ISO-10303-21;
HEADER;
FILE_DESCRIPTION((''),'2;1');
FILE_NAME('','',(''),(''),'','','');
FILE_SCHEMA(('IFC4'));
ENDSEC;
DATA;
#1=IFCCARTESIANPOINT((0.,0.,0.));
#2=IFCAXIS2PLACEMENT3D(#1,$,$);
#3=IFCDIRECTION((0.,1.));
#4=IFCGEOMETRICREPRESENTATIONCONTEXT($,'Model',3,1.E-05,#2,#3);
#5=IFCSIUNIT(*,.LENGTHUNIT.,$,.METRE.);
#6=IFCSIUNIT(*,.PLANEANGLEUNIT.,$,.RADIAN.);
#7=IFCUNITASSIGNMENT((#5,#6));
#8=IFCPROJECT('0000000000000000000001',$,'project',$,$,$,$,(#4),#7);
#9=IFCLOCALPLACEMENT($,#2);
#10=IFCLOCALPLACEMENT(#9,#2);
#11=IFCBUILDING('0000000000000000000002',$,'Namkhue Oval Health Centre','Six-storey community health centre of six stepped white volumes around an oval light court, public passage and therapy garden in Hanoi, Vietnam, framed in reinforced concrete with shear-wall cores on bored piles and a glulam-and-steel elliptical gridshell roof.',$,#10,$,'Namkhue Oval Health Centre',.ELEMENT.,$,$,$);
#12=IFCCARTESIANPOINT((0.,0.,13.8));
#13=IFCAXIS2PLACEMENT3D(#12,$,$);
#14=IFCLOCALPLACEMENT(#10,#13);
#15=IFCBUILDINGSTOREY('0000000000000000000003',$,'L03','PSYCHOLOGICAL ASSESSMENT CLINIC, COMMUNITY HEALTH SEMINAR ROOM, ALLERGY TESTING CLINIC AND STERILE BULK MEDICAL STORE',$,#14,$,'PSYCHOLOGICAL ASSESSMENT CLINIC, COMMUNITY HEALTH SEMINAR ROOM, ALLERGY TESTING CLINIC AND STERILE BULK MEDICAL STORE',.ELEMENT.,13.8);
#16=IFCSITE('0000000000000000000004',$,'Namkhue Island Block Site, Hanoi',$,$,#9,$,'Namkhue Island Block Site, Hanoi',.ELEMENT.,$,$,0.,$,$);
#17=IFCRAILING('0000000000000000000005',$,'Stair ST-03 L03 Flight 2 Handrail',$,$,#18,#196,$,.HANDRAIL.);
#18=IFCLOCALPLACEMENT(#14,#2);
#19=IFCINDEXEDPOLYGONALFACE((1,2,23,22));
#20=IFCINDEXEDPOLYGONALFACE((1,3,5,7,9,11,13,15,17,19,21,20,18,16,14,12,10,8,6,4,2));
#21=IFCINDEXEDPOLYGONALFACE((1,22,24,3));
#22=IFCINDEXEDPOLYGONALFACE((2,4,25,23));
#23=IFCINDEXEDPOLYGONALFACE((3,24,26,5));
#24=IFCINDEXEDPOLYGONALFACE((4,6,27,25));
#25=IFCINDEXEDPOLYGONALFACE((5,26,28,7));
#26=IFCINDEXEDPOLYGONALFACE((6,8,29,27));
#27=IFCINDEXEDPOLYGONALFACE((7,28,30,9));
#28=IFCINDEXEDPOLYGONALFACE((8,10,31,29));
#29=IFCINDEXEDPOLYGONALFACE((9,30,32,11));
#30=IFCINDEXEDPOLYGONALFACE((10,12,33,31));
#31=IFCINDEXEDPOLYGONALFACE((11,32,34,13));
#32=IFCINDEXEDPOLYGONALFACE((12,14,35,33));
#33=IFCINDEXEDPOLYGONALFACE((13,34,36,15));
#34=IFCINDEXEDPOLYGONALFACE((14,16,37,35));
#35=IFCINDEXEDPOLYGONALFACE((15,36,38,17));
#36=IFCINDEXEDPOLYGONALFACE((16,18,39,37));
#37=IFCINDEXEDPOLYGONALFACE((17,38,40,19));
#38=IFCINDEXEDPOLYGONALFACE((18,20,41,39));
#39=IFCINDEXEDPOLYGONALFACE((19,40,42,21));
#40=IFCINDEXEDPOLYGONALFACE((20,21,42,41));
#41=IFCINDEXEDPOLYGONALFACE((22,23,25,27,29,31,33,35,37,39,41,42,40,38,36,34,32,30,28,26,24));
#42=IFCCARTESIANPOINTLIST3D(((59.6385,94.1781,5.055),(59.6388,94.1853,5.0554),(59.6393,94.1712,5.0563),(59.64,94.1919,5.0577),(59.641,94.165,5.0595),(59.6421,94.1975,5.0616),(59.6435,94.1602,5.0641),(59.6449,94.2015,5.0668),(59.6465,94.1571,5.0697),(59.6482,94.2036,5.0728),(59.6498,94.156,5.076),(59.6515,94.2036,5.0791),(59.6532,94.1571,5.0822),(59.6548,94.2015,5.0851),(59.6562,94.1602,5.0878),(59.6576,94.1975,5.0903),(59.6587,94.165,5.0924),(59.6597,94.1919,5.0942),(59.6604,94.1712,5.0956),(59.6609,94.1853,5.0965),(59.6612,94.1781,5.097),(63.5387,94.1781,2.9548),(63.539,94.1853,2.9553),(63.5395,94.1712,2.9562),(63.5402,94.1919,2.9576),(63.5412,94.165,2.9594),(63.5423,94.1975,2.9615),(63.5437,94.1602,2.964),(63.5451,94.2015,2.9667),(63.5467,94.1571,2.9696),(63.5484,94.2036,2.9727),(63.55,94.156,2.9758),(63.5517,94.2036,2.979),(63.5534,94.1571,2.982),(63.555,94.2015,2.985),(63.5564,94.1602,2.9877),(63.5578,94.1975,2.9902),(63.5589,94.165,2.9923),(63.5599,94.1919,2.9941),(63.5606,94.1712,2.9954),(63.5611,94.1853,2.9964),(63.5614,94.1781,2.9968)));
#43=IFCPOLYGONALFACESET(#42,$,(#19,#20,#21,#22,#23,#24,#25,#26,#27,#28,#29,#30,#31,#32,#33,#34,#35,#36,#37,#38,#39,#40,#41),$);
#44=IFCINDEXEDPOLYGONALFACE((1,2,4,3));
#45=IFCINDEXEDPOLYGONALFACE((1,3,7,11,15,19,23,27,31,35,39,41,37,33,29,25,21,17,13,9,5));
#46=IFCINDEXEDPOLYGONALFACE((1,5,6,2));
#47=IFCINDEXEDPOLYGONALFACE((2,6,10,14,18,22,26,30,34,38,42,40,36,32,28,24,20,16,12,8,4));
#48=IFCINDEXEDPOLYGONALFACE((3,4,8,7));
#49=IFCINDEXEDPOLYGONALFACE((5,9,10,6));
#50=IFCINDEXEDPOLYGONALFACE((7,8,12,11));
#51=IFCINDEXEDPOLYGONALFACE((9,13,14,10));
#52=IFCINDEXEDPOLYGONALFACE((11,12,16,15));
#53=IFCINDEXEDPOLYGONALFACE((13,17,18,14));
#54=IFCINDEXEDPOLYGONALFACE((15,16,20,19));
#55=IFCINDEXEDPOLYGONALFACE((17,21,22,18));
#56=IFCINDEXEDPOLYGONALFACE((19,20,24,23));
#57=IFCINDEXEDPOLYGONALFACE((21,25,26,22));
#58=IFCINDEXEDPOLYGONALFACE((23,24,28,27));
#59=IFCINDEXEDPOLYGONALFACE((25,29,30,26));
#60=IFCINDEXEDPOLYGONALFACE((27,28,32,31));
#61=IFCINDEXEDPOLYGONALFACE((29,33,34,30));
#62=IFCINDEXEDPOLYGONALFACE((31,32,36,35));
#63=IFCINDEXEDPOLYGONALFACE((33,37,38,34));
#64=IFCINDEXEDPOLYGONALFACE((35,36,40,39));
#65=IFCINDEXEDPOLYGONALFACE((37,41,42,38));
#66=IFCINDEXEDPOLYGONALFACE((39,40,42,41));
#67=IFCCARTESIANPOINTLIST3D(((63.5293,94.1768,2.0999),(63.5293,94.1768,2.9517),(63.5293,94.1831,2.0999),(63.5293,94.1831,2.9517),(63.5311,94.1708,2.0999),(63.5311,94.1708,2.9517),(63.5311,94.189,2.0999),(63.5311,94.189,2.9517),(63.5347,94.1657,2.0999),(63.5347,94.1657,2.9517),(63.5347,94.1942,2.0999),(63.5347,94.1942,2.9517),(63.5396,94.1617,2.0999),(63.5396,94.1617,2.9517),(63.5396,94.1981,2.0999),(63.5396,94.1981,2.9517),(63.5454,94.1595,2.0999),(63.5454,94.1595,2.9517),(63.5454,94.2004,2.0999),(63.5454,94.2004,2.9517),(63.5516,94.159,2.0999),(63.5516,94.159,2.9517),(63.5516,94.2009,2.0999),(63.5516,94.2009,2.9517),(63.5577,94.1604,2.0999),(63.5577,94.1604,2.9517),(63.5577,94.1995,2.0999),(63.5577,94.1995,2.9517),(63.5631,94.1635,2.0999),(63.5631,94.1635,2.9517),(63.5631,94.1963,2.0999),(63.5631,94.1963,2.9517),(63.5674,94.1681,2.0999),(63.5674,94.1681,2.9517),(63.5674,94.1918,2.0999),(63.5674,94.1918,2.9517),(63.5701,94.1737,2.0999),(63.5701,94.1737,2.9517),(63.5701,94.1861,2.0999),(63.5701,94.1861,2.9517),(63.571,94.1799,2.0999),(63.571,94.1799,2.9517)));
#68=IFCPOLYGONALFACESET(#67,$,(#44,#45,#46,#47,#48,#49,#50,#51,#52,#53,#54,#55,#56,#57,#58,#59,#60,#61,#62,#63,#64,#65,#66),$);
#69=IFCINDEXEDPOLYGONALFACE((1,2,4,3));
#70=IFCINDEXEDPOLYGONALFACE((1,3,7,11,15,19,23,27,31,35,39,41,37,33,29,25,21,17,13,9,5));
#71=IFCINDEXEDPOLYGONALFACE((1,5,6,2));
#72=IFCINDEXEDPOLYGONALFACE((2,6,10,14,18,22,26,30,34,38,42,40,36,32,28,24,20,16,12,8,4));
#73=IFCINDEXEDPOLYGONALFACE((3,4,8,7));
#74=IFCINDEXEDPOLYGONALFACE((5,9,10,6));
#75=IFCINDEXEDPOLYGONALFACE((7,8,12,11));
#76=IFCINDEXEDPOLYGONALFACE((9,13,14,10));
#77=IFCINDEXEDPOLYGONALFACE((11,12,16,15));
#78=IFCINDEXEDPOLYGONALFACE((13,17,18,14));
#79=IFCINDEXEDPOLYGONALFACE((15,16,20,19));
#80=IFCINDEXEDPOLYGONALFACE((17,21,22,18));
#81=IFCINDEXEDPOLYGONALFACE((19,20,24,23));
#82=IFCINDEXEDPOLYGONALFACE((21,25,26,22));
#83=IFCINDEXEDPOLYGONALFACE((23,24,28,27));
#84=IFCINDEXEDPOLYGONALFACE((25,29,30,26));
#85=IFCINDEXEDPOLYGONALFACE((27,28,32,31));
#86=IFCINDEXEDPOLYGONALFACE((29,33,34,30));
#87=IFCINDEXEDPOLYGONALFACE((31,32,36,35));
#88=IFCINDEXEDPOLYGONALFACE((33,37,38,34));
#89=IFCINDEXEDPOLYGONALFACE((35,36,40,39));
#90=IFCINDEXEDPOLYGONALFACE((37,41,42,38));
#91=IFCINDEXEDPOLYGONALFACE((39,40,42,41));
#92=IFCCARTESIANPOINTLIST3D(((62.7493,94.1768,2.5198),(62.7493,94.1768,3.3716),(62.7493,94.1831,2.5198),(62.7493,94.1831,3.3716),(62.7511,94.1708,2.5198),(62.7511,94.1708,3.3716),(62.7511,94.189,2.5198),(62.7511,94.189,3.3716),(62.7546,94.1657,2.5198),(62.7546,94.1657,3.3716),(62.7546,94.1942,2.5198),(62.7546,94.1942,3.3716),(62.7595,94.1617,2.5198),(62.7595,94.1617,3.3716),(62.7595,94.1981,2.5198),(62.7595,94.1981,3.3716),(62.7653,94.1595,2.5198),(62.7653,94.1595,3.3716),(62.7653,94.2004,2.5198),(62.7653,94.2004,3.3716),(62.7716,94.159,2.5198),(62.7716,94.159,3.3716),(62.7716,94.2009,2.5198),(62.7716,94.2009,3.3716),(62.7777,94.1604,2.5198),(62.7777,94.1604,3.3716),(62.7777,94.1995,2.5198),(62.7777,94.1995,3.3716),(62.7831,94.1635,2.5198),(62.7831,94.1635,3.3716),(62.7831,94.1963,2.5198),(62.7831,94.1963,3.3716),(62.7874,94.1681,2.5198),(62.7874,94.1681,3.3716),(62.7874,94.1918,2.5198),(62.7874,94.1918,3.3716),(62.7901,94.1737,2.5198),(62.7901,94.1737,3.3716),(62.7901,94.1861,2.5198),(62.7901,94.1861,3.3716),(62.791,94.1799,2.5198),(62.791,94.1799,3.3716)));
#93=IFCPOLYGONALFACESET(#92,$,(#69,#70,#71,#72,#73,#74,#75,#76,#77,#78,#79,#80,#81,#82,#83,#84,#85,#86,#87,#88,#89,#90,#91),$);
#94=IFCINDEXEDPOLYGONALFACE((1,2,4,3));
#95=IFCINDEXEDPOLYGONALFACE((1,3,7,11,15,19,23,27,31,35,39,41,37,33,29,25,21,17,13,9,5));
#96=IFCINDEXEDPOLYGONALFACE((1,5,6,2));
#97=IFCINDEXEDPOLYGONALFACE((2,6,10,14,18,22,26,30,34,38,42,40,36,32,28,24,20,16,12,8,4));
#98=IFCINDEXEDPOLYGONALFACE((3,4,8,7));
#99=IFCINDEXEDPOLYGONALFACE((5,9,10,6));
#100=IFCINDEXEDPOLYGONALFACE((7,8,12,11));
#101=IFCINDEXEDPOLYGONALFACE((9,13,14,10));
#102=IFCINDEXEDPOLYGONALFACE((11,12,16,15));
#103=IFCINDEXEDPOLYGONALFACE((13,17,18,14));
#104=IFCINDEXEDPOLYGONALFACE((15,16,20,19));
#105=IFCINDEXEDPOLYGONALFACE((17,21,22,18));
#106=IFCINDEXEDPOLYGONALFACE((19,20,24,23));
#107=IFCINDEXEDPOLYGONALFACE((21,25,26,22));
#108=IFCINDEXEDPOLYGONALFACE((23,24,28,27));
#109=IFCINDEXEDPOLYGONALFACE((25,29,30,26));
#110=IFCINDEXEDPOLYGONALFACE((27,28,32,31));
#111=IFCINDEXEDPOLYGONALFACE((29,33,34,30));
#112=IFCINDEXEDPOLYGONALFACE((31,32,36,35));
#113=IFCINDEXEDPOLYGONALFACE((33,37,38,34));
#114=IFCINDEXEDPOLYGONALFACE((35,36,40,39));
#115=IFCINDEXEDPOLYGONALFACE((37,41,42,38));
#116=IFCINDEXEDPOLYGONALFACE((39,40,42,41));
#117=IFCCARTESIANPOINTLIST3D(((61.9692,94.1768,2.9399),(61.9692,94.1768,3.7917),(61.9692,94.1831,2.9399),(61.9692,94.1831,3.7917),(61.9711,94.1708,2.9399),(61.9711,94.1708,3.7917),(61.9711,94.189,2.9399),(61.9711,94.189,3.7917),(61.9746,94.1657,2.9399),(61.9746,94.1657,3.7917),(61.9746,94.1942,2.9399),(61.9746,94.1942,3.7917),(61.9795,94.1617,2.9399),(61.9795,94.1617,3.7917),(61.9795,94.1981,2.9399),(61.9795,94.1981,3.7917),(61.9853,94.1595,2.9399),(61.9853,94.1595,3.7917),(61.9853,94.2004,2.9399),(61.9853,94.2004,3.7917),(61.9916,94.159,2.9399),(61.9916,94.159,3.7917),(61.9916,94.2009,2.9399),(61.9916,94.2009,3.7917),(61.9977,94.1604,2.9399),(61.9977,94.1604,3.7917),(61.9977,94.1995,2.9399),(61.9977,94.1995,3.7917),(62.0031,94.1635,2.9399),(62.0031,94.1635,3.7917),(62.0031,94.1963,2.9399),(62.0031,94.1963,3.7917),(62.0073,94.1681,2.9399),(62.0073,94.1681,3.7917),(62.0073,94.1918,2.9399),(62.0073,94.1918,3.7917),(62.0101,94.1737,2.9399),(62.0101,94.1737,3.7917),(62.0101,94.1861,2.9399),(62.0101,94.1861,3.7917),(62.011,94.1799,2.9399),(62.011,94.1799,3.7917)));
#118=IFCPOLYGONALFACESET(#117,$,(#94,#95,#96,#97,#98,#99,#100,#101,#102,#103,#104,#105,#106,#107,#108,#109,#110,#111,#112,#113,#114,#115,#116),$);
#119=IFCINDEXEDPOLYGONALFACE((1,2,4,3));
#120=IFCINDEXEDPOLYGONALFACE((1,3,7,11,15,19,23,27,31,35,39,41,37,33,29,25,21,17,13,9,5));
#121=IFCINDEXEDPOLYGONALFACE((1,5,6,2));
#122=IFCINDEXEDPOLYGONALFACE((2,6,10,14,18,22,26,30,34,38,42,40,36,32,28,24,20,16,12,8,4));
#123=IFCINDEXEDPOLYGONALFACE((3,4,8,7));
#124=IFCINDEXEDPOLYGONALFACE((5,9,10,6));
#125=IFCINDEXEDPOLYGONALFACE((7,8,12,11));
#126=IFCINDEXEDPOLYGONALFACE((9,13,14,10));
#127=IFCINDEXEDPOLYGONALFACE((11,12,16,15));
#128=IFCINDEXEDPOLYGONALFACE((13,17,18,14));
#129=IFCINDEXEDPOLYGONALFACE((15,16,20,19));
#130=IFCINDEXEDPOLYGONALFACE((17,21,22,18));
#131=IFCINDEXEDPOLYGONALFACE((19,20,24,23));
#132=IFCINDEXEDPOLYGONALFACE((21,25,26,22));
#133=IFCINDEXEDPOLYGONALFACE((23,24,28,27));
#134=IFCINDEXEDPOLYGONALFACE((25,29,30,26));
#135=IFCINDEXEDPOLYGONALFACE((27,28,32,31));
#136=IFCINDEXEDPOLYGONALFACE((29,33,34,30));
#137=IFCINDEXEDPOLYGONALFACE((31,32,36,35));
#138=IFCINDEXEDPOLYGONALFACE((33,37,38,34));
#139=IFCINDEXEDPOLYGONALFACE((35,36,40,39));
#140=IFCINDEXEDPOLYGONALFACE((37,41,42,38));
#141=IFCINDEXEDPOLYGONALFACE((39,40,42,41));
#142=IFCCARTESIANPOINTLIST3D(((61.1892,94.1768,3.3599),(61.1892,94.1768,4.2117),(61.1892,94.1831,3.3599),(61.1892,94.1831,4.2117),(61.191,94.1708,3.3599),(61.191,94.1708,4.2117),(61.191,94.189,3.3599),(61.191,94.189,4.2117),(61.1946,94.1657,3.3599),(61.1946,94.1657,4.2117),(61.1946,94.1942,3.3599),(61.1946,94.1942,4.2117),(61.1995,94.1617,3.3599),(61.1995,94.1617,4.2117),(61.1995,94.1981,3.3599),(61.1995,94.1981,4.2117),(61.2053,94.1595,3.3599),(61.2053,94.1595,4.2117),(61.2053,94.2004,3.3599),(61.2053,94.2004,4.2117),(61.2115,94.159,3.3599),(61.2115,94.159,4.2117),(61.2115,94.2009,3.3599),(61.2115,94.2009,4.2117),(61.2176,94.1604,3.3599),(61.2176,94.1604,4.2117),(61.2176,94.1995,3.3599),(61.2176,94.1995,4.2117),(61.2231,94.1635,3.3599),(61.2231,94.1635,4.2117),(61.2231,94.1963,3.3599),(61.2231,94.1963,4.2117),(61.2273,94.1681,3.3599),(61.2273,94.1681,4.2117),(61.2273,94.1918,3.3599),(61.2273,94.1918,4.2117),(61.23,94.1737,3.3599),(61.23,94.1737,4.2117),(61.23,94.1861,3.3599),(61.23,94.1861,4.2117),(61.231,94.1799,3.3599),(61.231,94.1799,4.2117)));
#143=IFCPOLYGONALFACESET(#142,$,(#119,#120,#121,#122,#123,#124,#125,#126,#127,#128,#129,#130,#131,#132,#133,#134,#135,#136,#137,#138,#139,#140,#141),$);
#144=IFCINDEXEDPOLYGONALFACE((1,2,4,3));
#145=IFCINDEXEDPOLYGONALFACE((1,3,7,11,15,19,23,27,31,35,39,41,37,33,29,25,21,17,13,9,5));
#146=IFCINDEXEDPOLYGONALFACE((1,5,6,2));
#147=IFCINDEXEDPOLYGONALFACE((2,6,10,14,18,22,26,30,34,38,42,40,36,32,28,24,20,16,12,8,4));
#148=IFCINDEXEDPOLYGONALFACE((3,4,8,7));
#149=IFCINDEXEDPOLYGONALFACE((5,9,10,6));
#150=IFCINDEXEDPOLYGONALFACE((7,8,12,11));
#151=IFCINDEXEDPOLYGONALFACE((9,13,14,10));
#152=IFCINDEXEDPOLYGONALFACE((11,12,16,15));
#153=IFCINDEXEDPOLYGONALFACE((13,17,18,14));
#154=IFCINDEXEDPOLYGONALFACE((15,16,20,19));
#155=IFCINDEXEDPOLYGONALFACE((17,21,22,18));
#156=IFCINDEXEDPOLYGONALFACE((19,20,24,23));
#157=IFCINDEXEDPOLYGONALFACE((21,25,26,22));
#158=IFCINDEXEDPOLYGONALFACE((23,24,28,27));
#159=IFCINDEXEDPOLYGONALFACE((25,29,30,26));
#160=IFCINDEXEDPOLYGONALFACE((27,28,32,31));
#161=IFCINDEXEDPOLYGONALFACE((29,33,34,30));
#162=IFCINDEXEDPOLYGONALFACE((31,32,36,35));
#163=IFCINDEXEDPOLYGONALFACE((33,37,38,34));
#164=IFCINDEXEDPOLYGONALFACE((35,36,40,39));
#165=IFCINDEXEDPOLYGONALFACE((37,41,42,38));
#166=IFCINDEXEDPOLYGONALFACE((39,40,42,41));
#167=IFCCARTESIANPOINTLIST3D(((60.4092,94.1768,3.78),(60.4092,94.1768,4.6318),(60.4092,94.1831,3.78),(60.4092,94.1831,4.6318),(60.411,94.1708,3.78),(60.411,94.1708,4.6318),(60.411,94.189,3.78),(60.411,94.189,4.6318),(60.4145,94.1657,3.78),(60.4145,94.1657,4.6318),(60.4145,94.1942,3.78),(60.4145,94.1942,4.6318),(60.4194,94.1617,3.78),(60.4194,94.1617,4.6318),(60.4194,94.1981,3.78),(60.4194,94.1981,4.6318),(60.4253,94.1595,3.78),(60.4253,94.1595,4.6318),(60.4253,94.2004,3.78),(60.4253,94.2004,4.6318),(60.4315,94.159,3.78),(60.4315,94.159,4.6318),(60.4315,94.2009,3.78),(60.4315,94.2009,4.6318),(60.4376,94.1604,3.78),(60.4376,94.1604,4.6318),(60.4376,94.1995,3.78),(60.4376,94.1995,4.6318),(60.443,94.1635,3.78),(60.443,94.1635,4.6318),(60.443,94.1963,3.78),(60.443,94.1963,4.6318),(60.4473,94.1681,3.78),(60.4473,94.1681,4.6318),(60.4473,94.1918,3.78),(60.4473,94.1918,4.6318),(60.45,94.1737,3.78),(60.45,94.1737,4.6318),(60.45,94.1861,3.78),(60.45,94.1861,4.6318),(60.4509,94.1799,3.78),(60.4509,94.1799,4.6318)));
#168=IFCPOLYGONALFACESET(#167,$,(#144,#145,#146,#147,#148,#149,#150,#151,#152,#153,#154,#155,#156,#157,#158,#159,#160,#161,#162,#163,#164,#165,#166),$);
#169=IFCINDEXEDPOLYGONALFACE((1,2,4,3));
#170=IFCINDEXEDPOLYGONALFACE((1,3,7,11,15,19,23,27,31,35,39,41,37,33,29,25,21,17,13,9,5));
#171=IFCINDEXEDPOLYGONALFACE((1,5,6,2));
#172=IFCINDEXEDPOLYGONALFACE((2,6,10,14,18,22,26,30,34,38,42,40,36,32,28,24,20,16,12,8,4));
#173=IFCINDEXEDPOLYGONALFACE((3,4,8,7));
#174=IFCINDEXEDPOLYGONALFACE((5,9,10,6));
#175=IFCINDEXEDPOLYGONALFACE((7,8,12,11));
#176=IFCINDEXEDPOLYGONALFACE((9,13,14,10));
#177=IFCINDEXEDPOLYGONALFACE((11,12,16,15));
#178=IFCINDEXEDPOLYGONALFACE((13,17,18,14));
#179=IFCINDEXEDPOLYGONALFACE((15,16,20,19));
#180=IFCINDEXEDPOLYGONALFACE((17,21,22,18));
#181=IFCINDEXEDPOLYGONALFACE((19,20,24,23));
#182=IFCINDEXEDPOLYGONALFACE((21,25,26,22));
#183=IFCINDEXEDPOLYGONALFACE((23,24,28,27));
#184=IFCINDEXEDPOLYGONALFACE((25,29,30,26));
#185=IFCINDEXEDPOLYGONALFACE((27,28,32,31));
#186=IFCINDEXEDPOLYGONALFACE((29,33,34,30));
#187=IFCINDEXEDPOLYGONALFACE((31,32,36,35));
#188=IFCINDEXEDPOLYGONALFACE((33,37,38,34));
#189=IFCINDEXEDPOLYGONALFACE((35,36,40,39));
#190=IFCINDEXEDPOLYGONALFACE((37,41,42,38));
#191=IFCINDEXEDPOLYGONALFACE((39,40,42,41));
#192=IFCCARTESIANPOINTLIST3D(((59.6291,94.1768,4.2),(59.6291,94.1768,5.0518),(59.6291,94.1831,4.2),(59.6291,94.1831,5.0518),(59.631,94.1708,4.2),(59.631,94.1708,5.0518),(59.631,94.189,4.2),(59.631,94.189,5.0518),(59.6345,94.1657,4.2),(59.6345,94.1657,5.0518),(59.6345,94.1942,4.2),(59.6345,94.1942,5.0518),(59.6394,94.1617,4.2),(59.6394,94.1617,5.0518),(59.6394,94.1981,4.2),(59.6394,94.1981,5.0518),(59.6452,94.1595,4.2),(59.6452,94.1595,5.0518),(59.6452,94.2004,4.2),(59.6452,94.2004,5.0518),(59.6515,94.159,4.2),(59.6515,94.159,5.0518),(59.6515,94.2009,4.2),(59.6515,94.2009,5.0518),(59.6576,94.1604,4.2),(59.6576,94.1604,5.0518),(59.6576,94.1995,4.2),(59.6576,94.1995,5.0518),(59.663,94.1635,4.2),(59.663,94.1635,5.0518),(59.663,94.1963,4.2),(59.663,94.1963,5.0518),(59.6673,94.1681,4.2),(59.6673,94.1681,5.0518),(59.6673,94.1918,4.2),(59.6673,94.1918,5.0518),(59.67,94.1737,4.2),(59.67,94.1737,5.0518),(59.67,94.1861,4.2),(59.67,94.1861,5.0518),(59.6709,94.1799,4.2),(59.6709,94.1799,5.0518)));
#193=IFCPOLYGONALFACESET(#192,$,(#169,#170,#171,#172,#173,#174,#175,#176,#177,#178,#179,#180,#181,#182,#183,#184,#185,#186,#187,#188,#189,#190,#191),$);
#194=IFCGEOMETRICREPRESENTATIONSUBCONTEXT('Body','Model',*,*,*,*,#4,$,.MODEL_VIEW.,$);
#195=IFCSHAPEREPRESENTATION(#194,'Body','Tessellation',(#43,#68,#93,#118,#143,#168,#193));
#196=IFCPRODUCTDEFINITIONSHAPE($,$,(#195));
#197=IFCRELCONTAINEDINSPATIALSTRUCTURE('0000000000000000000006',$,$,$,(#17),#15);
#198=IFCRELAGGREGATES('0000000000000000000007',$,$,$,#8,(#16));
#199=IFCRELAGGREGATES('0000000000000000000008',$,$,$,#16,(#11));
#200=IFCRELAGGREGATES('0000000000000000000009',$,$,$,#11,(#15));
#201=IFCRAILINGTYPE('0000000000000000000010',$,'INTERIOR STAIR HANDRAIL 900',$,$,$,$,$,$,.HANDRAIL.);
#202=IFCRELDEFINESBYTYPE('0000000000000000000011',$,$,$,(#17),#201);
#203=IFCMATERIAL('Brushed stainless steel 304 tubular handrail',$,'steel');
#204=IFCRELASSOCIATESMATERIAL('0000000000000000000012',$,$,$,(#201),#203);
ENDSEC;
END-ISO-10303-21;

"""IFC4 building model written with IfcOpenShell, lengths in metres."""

from ifc_helpers import new_model, si_unit, direction, frame, origin, origin_2d, place, context, subcontext, project, spatial, circle, extrude, material, type_object, element, save


model = new_model("IFC4")

# Units and contexts
model_context = context("Model", 3, precision=1e-05, world=origin(), true_north=direction((0.0, 1.0)))
body_context = subcontext(model_context, "Body", "Model", "MODEL_VIEW")
ifc_project = project(units=[si_unit("LENGTHUNIT", "METRE"), si_unit("PLANEANGLEUNIT", "RADIAN")], contexts=[model_context])

# Site, building, storey
site_placement = place(None, origin())
site = spatial("IfcSite", under=ifc_project, at=site_placement, Name="Namkhue Island Block Site, Hanoi", LongName="Namkhue Island Block Site, Hanoi", CompositionType="ELEMENT", RefElevation=0.0)
building_placement = place(site_placement, origin())
building = spatial("IfcBuilding", under=site, at=building_placement, Name="Namkhue Oval Health Centre", Description="Six-storey community health centre of six stepped white volumes around an oval light court, public passage and therapy garden in Hanoi, Vietnam, framed in reinforced concrete with shear-wall cores on bored piles and a glulam-and-steel elliptical gridshell roof.", LongName="Namkhue Oval Health Centre", CompositionType="ELEMENT")
storey_placement = place(building_placement, frame((0.0, 0.0, 13.8)))
storey = spatial("IfcBuildingStorey", under=building, at=storey_placement, Name="L03", Description="PSYCHOLOGICAL ASSESSMENT CLINIC, COMMUNITY HEALTH SEMINAR ROOM, ALLERGY TESTING CLINIC AND STERILE BULK MEDICAL STORE", LongName="PSYCHOLOGICAL ASSESSMENT CLINIC, COMMUNITY HEALTH SEMINAR ROOM, ALLERGY TESTING CLINIC AND STERILE BULK MEDICAL STORE", CompositionType="ELEMENT", Elevation=13.8)

# Railing
ifc_material_1 = material(Name="Brushed stainless steel 304 tubular handrail", Category="steel")
railing_type_1 = type_object("IfcRailingType", Name="INTERIOR STAIR HANDRAIL 900", PredefinedType="HANDRAIL", material=ifc_material_1)
railing_1_placement = place(storey_placement, frame((63.55, 94.1799, 2.0999)))
element("IfcRailing", 1, at=railing_1_placement, inside=storey, type_object=railing_type_1, Name="Stair ST-03 L03 Flight 2 Handrail", PredefinedType="HANDRAIL", context=body_context, shape_type="SweptSolid", body=[
    extrude(circle(Radius=0.0239, at=origin_2d()), frame((0.0, 0.0, 0.876), z_axis=(-0.880469, 0.0, 0.474103), x_axis=(0.0, -1.0, 0.0)), (0.0, 0.0, 1.0), 4.4297),
    extrude(circle(Radius=0.021, at=origin_2d()), origin(), (0.0, 0.0, 1.0), 0.8518),
    extrude(circle(Radius=0.021, at=origin_2d()), frame((-0.78, 0.0, 0.4199)), (0.0, 0.0, 1.0), 0.8518),
    extrude(circle(Radius=0.021, at=origin_2d()), frame((-1.5601, 0.0, 0.8401)), (0.0, 0.0, 1.0), 0.8518),
    extrude(circle(Radius=0.021, at=origin_2d()), frame((-2.3401, 0.0, 1.26)), (0.0, 0.0, 1.0), 0.8518),
    extrude(circle(Radius=0.021, at=origin_2d()), frame((-3.1201, 0.0, 1.6802)), (0.0, 0.0, 1.0), 0.8518),
    extrude(circle(Radius=0.021, at=origin_2d()), frame((-3.9001, 0.0, 2.1001)), (0.0, 0.0, 1.0), 0.8518),
])

save(model, "model.ifc")
